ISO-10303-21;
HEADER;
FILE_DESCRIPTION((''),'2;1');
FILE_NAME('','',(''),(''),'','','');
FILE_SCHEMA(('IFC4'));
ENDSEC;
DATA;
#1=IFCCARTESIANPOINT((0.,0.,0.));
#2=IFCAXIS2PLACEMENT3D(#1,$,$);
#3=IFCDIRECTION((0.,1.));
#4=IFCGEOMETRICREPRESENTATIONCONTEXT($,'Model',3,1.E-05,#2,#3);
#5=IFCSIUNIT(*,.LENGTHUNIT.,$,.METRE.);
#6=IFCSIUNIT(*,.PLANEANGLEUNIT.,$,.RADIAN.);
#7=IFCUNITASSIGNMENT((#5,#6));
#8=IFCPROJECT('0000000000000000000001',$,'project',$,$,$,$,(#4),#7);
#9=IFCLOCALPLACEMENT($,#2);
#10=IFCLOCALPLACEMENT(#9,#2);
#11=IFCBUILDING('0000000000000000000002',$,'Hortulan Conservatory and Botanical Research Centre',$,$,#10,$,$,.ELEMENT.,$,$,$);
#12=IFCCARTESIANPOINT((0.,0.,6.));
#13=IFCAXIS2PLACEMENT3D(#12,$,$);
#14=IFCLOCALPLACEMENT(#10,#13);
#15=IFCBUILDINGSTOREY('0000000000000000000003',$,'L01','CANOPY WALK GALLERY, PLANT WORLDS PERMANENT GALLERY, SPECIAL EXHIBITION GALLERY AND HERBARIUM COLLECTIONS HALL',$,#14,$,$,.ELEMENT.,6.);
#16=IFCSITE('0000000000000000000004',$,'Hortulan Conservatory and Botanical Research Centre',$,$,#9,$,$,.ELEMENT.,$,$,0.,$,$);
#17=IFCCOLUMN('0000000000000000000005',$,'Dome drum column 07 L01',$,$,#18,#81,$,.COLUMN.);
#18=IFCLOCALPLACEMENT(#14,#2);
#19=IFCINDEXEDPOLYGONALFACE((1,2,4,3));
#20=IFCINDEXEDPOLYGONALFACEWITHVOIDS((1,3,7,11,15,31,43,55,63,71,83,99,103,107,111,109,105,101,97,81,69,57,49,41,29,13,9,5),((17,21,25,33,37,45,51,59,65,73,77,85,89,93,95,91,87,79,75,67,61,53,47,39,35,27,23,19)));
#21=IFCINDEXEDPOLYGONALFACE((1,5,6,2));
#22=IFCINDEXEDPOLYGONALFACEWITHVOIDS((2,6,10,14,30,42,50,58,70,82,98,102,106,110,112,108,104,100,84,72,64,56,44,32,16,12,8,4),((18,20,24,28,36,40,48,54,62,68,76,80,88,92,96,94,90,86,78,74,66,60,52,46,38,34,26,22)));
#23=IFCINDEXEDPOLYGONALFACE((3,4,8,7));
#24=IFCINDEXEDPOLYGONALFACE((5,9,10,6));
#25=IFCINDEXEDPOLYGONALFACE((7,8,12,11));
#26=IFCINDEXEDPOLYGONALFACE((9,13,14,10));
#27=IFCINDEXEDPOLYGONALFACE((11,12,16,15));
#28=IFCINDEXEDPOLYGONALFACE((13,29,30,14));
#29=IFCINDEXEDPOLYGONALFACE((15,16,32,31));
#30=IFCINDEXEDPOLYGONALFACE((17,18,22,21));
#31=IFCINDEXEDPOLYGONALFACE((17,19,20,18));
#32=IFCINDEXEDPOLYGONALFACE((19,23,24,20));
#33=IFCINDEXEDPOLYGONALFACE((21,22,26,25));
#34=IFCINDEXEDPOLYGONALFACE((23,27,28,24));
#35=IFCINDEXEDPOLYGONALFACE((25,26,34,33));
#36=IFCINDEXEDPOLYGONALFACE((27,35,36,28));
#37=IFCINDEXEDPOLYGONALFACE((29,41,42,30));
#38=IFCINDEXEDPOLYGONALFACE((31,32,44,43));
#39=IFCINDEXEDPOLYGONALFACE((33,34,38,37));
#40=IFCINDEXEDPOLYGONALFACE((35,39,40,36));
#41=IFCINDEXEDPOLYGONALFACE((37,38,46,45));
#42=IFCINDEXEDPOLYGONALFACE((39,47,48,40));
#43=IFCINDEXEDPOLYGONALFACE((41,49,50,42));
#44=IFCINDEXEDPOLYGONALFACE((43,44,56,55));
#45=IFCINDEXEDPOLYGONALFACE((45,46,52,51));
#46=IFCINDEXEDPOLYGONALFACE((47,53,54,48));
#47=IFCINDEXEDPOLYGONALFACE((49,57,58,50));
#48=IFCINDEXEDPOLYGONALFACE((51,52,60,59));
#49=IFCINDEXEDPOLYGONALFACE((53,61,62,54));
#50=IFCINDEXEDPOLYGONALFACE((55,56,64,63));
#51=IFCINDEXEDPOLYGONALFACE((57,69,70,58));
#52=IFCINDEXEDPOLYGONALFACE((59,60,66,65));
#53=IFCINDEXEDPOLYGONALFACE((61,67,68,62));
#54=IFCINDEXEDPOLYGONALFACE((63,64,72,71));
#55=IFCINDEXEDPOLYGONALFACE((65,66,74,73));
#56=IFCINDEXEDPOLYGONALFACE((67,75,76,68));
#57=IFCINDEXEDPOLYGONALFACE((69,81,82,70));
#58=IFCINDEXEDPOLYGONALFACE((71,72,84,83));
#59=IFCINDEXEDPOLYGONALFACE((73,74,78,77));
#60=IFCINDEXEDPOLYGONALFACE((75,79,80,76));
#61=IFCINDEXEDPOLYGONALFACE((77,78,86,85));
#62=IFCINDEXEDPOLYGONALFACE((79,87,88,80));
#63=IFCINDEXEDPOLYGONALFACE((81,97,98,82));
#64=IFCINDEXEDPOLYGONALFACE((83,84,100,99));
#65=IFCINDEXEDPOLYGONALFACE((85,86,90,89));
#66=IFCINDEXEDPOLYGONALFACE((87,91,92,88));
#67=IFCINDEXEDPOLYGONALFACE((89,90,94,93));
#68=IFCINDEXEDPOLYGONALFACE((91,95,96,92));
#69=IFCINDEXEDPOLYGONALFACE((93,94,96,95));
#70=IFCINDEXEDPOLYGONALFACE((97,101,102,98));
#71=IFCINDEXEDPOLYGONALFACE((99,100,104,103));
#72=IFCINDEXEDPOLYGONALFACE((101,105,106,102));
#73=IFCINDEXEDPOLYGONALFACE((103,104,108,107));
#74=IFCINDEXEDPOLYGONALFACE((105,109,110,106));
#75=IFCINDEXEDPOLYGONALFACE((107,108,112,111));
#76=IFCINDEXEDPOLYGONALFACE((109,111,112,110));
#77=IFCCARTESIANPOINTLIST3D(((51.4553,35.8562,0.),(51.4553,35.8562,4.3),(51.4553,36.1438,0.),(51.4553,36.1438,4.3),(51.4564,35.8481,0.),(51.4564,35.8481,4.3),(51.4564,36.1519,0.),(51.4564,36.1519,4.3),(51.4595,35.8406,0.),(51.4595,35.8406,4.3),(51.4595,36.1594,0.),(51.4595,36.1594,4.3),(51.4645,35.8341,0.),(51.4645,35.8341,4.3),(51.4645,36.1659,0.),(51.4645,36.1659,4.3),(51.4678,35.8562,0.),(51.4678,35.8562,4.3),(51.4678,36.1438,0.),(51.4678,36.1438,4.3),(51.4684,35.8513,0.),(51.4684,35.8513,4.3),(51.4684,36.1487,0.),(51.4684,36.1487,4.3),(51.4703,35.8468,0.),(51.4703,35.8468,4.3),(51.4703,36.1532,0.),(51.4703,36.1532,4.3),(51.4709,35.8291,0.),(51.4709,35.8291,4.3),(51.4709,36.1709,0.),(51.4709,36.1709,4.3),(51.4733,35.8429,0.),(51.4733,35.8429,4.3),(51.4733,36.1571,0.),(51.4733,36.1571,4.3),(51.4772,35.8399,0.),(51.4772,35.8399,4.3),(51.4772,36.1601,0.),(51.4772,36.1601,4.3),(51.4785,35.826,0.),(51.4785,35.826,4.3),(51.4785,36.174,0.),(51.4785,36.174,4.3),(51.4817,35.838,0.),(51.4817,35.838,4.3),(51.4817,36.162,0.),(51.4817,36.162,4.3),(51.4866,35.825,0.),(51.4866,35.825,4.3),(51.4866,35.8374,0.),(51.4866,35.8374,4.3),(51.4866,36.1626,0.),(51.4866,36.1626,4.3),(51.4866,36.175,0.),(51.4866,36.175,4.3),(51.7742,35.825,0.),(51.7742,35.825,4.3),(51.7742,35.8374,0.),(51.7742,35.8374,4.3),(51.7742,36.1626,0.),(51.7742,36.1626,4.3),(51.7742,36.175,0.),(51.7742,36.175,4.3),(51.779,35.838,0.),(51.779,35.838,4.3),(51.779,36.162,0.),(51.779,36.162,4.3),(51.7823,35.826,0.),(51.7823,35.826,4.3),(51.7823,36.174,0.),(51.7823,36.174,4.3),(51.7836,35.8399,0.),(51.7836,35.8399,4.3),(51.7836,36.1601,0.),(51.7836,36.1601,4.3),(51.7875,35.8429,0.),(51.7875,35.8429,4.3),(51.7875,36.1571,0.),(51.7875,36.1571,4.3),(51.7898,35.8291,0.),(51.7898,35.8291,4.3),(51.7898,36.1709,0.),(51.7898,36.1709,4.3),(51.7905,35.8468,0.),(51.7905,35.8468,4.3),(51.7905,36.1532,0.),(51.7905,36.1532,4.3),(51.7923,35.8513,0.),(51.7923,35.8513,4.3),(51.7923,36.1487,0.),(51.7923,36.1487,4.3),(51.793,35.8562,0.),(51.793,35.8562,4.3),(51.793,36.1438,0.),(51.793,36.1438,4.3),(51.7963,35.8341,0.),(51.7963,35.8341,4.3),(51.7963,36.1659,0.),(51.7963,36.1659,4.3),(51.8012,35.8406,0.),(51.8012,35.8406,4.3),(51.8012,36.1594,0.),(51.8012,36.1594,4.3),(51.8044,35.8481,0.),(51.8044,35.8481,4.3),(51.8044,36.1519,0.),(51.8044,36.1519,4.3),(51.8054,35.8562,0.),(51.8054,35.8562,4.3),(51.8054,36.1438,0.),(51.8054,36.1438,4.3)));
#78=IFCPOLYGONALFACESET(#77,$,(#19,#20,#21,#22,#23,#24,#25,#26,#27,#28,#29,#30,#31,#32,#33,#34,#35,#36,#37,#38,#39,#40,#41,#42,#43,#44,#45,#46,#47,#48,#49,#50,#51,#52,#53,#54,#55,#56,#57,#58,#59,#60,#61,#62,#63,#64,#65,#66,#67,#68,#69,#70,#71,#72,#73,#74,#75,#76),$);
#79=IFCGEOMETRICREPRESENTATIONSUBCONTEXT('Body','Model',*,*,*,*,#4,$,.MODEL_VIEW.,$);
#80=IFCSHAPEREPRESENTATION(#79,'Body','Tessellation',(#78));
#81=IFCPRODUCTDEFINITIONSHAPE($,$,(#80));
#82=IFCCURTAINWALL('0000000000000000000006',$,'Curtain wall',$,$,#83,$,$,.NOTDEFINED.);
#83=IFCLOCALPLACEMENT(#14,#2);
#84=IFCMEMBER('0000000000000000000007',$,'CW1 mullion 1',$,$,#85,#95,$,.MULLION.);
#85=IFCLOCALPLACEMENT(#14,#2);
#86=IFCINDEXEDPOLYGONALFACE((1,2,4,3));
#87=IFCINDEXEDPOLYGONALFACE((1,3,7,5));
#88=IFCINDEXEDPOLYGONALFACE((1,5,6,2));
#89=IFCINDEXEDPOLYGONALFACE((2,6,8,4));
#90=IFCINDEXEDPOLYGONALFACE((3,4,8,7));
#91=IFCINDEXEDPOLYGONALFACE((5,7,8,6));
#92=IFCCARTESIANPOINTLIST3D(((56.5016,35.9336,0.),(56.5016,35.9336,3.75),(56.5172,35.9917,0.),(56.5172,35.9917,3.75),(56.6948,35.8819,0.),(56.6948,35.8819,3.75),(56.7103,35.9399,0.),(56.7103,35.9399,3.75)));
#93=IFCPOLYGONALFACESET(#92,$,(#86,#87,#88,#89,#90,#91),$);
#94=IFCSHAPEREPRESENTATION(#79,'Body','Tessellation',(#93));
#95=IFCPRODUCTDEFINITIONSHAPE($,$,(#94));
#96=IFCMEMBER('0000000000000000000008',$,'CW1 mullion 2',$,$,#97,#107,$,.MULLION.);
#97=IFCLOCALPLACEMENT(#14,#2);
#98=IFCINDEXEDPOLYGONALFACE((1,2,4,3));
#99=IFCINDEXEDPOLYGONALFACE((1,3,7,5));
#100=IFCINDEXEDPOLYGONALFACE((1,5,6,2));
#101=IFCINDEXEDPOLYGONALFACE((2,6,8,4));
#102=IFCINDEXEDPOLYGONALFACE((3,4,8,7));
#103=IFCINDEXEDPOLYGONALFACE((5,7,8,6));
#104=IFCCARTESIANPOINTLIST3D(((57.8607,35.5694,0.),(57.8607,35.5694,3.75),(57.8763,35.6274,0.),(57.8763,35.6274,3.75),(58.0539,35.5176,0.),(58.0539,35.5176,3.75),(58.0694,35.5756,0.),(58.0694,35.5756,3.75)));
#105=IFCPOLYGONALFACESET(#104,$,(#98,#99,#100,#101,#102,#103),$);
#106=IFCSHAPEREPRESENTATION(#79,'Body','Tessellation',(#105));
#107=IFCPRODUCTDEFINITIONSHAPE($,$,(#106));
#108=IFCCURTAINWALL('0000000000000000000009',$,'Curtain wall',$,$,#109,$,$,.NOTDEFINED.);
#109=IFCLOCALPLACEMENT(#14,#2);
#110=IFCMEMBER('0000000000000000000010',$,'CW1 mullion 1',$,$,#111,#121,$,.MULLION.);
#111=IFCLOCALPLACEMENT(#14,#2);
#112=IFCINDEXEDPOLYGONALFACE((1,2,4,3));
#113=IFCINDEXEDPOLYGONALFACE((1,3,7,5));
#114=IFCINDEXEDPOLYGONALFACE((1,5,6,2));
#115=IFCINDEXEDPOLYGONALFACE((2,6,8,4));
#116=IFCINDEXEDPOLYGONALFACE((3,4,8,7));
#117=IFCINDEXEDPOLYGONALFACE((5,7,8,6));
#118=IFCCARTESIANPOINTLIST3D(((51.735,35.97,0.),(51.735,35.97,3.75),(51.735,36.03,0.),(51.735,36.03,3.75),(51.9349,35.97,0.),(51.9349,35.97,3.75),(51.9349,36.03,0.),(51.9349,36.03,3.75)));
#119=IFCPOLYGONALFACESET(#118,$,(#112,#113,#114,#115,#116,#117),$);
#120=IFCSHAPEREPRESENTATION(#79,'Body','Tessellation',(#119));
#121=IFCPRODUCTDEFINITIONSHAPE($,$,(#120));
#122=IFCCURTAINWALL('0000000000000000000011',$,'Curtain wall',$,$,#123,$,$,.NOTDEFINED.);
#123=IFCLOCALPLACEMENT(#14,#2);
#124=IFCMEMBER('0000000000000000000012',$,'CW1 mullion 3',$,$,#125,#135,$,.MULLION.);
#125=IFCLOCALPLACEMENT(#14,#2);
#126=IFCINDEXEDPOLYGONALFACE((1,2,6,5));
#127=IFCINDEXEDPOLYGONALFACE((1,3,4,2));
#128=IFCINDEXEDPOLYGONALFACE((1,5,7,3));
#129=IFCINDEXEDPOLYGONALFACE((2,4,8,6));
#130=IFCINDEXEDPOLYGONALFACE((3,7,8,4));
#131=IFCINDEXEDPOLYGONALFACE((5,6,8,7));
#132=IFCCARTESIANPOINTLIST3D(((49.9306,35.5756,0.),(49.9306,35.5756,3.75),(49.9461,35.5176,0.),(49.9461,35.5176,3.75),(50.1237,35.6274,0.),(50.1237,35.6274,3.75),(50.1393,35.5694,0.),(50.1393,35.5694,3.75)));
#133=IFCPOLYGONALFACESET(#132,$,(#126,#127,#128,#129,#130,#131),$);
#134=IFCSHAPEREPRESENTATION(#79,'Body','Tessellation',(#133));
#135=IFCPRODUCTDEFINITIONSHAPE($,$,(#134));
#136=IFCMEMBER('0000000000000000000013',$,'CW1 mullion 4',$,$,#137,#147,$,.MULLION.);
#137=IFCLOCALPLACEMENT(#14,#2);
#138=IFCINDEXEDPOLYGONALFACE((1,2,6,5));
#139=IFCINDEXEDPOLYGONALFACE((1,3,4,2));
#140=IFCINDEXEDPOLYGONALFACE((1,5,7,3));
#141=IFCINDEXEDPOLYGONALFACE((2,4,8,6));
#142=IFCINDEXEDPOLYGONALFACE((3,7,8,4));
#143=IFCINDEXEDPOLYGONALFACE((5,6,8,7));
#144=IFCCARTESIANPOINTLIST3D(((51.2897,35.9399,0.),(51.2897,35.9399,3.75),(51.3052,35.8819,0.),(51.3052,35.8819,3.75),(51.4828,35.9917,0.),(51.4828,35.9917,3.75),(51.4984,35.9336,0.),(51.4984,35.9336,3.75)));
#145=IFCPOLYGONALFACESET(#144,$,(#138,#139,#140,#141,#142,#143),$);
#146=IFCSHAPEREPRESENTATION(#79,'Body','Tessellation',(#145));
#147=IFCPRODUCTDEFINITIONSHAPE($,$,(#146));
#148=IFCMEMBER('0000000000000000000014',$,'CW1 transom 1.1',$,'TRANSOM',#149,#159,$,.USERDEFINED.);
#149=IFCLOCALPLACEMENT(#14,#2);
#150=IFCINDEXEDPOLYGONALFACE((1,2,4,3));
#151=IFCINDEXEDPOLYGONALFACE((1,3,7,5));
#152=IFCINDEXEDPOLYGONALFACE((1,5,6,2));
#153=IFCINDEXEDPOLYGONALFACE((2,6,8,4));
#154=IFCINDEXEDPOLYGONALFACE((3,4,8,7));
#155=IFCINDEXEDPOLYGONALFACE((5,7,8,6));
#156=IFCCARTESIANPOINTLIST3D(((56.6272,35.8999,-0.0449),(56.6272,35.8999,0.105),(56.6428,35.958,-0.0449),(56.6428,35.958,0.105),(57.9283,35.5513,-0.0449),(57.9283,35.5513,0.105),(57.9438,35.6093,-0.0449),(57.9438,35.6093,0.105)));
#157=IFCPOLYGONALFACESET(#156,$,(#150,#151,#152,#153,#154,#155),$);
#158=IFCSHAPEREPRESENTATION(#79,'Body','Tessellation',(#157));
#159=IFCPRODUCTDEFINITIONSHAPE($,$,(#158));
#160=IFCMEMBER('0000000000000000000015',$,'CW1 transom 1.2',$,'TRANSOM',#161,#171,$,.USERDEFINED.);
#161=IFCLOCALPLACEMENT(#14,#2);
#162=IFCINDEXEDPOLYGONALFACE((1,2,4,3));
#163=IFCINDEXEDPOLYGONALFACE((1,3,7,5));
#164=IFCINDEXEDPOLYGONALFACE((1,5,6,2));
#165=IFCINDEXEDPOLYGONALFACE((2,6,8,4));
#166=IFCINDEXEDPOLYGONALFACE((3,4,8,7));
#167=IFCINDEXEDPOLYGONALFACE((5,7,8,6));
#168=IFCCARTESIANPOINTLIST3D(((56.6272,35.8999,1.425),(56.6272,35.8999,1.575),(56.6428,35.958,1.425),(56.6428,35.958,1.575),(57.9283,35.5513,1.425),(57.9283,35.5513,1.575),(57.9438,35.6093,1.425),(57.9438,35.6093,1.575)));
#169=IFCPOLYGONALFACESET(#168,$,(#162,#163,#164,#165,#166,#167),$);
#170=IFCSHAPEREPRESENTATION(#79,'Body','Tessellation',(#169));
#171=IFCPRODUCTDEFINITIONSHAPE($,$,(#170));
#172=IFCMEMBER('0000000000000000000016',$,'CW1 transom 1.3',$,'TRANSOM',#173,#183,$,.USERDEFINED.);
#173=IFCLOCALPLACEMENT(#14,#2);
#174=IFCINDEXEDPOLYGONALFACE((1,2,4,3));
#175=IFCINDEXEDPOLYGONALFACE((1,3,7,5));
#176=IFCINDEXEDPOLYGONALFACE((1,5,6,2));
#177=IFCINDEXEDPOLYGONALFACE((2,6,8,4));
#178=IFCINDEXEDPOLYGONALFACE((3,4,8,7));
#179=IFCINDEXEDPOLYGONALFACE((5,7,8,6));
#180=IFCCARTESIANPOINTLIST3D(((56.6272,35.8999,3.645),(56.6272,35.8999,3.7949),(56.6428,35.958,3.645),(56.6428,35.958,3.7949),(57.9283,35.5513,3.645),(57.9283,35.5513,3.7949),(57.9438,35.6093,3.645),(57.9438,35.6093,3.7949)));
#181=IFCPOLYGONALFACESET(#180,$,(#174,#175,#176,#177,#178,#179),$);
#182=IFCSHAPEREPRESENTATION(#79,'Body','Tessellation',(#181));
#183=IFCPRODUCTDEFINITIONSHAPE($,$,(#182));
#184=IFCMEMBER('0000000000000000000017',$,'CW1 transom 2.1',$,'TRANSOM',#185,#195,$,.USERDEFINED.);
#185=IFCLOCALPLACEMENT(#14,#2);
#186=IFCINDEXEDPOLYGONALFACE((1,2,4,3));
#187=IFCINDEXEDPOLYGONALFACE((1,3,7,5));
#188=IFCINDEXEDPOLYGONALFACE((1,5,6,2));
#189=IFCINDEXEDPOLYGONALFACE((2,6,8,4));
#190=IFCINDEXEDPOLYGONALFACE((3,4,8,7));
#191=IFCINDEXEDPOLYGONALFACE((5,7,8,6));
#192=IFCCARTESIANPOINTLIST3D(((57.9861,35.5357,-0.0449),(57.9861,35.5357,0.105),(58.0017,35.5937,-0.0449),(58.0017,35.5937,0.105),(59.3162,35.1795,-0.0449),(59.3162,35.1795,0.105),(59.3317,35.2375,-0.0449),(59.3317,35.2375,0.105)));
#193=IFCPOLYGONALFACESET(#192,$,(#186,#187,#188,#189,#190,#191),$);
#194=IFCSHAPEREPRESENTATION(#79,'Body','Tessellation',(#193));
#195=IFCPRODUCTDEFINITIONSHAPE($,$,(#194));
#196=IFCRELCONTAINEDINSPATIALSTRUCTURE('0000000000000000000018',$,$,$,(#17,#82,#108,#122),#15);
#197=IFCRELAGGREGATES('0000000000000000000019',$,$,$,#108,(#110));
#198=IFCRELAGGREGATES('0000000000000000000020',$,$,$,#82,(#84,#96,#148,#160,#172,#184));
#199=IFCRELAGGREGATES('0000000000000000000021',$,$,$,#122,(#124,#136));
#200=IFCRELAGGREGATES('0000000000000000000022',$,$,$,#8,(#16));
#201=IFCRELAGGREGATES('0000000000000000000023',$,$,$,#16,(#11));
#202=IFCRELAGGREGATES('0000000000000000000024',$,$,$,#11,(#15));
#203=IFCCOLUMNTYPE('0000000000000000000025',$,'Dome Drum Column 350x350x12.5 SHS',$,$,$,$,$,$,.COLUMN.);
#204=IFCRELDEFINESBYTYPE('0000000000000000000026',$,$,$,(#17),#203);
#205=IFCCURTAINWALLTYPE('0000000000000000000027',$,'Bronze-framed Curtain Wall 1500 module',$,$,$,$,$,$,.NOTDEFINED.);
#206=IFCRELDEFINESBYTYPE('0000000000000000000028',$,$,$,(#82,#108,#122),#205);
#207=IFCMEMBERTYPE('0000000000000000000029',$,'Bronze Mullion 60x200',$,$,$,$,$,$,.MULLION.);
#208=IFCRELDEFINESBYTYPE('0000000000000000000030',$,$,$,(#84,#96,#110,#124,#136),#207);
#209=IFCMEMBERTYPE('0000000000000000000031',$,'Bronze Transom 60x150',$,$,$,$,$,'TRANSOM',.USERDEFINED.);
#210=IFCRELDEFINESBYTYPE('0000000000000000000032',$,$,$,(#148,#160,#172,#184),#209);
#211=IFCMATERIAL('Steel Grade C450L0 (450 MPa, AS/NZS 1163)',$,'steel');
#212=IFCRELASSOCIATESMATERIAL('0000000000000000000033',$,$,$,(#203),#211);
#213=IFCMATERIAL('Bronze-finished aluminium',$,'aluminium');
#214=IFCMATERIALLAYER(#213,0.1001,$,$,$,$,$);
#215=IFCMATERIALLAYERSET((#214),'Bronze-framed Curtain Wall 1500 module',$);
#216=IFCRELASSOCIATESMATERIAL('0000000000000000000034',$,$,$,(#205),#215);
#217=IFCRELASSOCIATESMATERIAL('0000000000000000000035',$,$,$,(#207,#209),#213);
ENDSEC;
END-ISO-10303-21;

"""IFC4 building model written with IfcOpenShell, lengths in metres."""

from ifc_helpers import new_model, si_unit, direction, frame, origin, origin_2d, place, context, subcontext, project, spatial, rectangle, hollow_rectangle, extrude, material, layer, layer_set, material_profile, profile_set, type_object, element, aggregate, save


model = new_model("IFC4")

# Units and contexts
model_context = context("Model", 3, precision=1e-05, world=origin(), true_north=direction((0.0, 1.0)))
body_context = subcontext(model_context, "Body", "Model", "MODEL_VIEW")
ifc_project = project(units=[si_unit("LENGTHUNIT", "METRE"), si_unit("PLANEANGLEUNIT", "RADIAN")], contexts=[model_context])

# Site, building, storey
site_placement = place(None, origin())
site = spatial("IfcSite", under=ifc_project, at=site_placement, Name="Hortulan Conservatory and Botanical Research Centre", CompositionType="ELEMENT", RefElevation=0.0)
building_placement = place(site_placement, origin())
building = spatial("IfcBuilding", under=site, at=building_placement, Name="Hortulan Conservatory and Botanical Research Centre", CompositionType="ELEMENT")
storey_placement = place(building_placement, frame((0.0, 0.0, 6.0)))
storey = spatial("IfcBuildingStorey", under=building, at=storey_placement, Name="L01", Description="CANOPY WALK GALLERY, PLANT WORLDS PERMANENT GALLERY, SPECIAL EXHIBITION GALLERY AND HERBARIUM COLLECTIONS HALL", CompositionType="ELEMENT", Elevation=6.0)

# Column
ifc_material_1 = material(Name="Steel Grade C450L0 (450 MPa, AS/NZS 1163)", Category="steel")
ifc_material_profile_1 = material_profile(ifc_material_1, hollow_rectangle(XDim=0.3501, YDim=0.3501, WallThickness=0.0125, InnerFilletRadius=0.0188, OuterFilletRadius=0.0312, at=origin_2d()), Name="350x350x12.5SHS")
ifc_profile_set_1 = profile_set([ifc_material_profile_1], Name="Steel Grade C450L0 (450 MPa, AS/NZS 1163)")
column_type = type_object("IfcColumnType", Name="Dome Drum Column 350x350x12.5 SHS", PredefinedType="COLUMN", material=ifc_profile_set_1)
column_placement = place(storey_placement, frame((51.6304, 36.0, 0.0), z_axis=(0.0, 0.0, 1.0), x_axis=(1.0, 0.0, 0.0)))
element("IfcColumn", 1, at=column_placement, inside=storey, type_object=column_type, Name="Dome drum column 07 L01", PredefinedType="COLUMN", context=body_context, shape_type="SweptSolid", body=[
    extrude(hollow_rectangle(XDim=0.3501, YDim=0.3501, WallThickness=0.0125, InnerFilletRadius=0.0188, OuterFilletRadius=0.0312, at=origin_2d()), origin(), (0.0, 0.0, 1.0), 4.3),
])

# Curtain wall, members
ifc_material_2 = material(Name="Bronze-finished aluminium", Category="aluminium")
ifc_layer_1 = layer(ifc_material_2, 0.1001)
ifc_layer_set_1 = layer_set([ifc_layer_1], Name="Bronze-framed Curtain Wall 1500 module")
curtain_wall_type = type_object("IfcCurtainWallType", Name="Bronze-framed Curtain Wall 1500 module", PredefinedType="NOTDEFINED", material=ifc_layer_set_1)
curtain_wall_1_placement = place(storey_placement, origin())
curtain_wall_1 = element("IfcCurtainWall", 2, at=curtain_wall_1_placement, inside=storey, type_object=curtain_wall_type, Name="Curtain wall", PredefinedType="NOTDEFINED")
ifc_material_profile_2 = material_profile(ifc_material_2, rectangle(XDim=0.0601, YDim=0.2, at=origin_2d()), Name="Bronze Mullion 60x200")
ifc_profile_set_2 = profile_set([ifc_material_profile_2], Name="Bronze-finished aluminium")
member_type_1 = type_object("IfcMemberType", Name="Bronze Mullion 60x200", PredefinedType="MULLION", material=ifc_profile_set_2)
member_1_placement = place(storey_placement, frame((56.606, 35.9368, 0.0), z_axis=(0.0, 0.0, 1.0), x_axis=(0.258832, 0.965922, 0.0)))
member_1 = element("IfcMember", 3, at=member_1_placement, type_object=member_type_1, Name="CW1 mullion 1", PredefinedType="MULLION", context=body_context, shape_type="SweptSolid", body=[
    extrude(rectangle(XDim=0.0601, YDim=0.2, at=origin_2d()), origin(), (0.0, 0.0, 1.0), 3.75),
])
member_2_placement = place(storey_placement, frame((57.9651, 35.5725, 0.0), z_axis=(0.0, 0.0, 1.0), x_axis=(0.258832, 0.965922, 0.0)))
member_2 = element("IfcMember", 4, at=member_2_placement, type_object=member_type_1, Name="CW1 mullion 2", PredefinedType="MULLION", context=body_context, shape_type="SweptSolid", body=[
    extrude(rectangle(XDim=0.0601, YDim=0.2, at=origin_2d()), origin(), (0.0, 0.0, 1.0), 3.75),
])

# Curtain wall, member
curtain_wall_2_placement = place(storey_placement, origin())
curtain_wall_2 = element("IfcCurtainWall", 5, at=curtain_wall_2_placement, inside=storey, type_object=curtain_wall_type, Name="Curtain wall", PredefinedType="NOTDEFINED")
member_3_placement = place(storey_placement, frame((51.835, 36.0, 0.0), z_axis=(0.0, 0.0, 1.0), x_axis=(0.0, 1.0, 0.0)))
member_3 = element("IfcMember", 6, at=member_3_placement, type_object=member_type_1, Name="CW1 mullion 1", PredefinedType="MULLION", context=body_context, shape_type="SweptSolid", body=[
    extrude(rectangle(XDim=0.0601, YDim=0.2, at=origin_2d()), origin(), (0.0, 0.0, 1.0), 3.75),
])

# Curtain wall, members
curtain_wall_3_placement = place(storey_placement, origin())
curtain_wall_3 = element("IfcCurtainWall", 7, at=curtain_wall_3_placement, inside=storey, type_object=curtain_wall_type, Name="Curtain wall", PredefinedType="NOTDEFINED")
member_4_placement = place(storey_placement, frame((50.0349, 35.5725, 0.0), z_axis=(0.0, 0.0, 1.0), x_axis=(-0.258832, 0.965922, 0.0)))
member_4 = element("IfcMember", 8, at=member_4_placement, type_object=member_type_1, Name="CW1 mullion 3", PredefinedType="MULLION", context=body_context, shape_type="SweptSolid", body=[
    extrude(rectangle(XDim=0.0601, YDim=0.2, at=origin_2d()), origin(), (0.0, 0.0, 1.0), 3.75),
])
member_5_placement = place(storey_placement, frame((51.394, 35.9368, 0.0), z_axis=(0.0, 0.0, 1.0), x_axis=(-0.258832, 0.965922, 0.0)))
member_5 = element("IfcMember", 9, at=member_5_placement, type_object=member_type_1, Name="CW1 mullion 4", PredefinedType="MULLION", context=body_context, shape_type="SweptSolid", body=[
    extrude(rectangle(XDim=0.0601, YDim=0.2, at=origin_2d()), origin(), (0.0, 0.0, 1.0), 3.75),
])

# Members
ifc_material_profile_3 = material_profile(ifc_material_2, rectangle(XDim=0.0601, YDim=0.1499, at=origin_2d()), Name="Bronze Transom 60x150")
ifc_profile_set_3 = profile_set([ifc_material_profile_3], Name="Bronze-finished aluminium")
member_type_2 = type_object("IfcMemberType", Name="Bronze Transom 60x150", ElementType="TRANSOM", PredefinedType="USERDEFINED", material=ifc_profile_set_3)
member_6_placement = place(storey_placement, frame((56.635, 35.929, 0.03), z_axis=(0.965921, -0.258836, 0.0), x_axis=(0.258836, 0.965921, 0.0)))
member_6 = element("IfcMember", 10, at=member_6_placement, type_object=member_type_2, Name="CW1 transom 1.1", ObjectType="TRANSOM", PredefinedType="USERDEFINED", context=body_context, shape_type="SweptSolid", body=[
    extrude(rectangle(XDim=0.0601, YDim=0.1499, at=origin_2d()), origin(), (0.0, 0.0, 1.0), 1.3469),
])
member_7_placement = place(storey_placement, frame((56.635, 35.929, 1.5), z_axis=(0.965921, -0.258836, 0.0), x_axis=(0.258836, 0.965921, 0.0)))
member_7 = element("IfcMember", 11, at=member_7_placement, type_object=member_type_2, Name="CW1 transom 1.2", ObjectType="TRANSOM", PredefinedType="USERDEFINED", context=body_context, shape_type="SweptSolid", body=[
    extrude(rectangle(XDim=0.0601, YDim=0.1499, at=origin_2d()), origin(), (0.0, 0.0, 1.0), 1.3469),
])
member_8_placement = place(storey_placement, frame((56.635, 35.929, 3.72), z_axis=(0.965921, -0.258836, 0.0), x_axis=(0.258836, 0.965921, 0.0)))
member_8 = element("IfcMember", 12, at=member_8_placement, type_object=member_type_2, Name="CW1 transom 1.3", ObjectType="TRANSOM", PredefinedType="USERDEFINED", context=body_context, shape_type="SweptSolid", body=[
    extrude(rectangle(XDim=0.0601, YDim=0.1499, at=origin_2d()), origin(), (0.0, 0.0, 1.0), 1.3469),
])
member_9_placement = place(storey_placement, frame((57.9939, 35.5647, 0.03), z_axis=(0.965961, -0.258689, 0.0), x_axis=(0.258689, 0.965961, 0.0)))
member_9 = element("IfcMember", 13, at=member_9_placement, type_object=member_type_2, Name="CW1 transom 2.1", ObjectType="TRANSOM", PredefinedType="USERDEFINED", context=body_context, shape_type="SweptSolid", body=[
    extrude(rectangle(XDim=0.0601, YDim=0.1499, at=origin_2d()), origin(), (0.0, 0.0, 1.0), 1.377),
])
aggregate(curtain_wall_2, [member_3])

aggregate(curtain_wall_1, [member_1, member_2, member_6, member_7, member_8, member_9])
aggregate(curtain_wall_3, [member_4, member_5])

save(model, "model.ifc")
